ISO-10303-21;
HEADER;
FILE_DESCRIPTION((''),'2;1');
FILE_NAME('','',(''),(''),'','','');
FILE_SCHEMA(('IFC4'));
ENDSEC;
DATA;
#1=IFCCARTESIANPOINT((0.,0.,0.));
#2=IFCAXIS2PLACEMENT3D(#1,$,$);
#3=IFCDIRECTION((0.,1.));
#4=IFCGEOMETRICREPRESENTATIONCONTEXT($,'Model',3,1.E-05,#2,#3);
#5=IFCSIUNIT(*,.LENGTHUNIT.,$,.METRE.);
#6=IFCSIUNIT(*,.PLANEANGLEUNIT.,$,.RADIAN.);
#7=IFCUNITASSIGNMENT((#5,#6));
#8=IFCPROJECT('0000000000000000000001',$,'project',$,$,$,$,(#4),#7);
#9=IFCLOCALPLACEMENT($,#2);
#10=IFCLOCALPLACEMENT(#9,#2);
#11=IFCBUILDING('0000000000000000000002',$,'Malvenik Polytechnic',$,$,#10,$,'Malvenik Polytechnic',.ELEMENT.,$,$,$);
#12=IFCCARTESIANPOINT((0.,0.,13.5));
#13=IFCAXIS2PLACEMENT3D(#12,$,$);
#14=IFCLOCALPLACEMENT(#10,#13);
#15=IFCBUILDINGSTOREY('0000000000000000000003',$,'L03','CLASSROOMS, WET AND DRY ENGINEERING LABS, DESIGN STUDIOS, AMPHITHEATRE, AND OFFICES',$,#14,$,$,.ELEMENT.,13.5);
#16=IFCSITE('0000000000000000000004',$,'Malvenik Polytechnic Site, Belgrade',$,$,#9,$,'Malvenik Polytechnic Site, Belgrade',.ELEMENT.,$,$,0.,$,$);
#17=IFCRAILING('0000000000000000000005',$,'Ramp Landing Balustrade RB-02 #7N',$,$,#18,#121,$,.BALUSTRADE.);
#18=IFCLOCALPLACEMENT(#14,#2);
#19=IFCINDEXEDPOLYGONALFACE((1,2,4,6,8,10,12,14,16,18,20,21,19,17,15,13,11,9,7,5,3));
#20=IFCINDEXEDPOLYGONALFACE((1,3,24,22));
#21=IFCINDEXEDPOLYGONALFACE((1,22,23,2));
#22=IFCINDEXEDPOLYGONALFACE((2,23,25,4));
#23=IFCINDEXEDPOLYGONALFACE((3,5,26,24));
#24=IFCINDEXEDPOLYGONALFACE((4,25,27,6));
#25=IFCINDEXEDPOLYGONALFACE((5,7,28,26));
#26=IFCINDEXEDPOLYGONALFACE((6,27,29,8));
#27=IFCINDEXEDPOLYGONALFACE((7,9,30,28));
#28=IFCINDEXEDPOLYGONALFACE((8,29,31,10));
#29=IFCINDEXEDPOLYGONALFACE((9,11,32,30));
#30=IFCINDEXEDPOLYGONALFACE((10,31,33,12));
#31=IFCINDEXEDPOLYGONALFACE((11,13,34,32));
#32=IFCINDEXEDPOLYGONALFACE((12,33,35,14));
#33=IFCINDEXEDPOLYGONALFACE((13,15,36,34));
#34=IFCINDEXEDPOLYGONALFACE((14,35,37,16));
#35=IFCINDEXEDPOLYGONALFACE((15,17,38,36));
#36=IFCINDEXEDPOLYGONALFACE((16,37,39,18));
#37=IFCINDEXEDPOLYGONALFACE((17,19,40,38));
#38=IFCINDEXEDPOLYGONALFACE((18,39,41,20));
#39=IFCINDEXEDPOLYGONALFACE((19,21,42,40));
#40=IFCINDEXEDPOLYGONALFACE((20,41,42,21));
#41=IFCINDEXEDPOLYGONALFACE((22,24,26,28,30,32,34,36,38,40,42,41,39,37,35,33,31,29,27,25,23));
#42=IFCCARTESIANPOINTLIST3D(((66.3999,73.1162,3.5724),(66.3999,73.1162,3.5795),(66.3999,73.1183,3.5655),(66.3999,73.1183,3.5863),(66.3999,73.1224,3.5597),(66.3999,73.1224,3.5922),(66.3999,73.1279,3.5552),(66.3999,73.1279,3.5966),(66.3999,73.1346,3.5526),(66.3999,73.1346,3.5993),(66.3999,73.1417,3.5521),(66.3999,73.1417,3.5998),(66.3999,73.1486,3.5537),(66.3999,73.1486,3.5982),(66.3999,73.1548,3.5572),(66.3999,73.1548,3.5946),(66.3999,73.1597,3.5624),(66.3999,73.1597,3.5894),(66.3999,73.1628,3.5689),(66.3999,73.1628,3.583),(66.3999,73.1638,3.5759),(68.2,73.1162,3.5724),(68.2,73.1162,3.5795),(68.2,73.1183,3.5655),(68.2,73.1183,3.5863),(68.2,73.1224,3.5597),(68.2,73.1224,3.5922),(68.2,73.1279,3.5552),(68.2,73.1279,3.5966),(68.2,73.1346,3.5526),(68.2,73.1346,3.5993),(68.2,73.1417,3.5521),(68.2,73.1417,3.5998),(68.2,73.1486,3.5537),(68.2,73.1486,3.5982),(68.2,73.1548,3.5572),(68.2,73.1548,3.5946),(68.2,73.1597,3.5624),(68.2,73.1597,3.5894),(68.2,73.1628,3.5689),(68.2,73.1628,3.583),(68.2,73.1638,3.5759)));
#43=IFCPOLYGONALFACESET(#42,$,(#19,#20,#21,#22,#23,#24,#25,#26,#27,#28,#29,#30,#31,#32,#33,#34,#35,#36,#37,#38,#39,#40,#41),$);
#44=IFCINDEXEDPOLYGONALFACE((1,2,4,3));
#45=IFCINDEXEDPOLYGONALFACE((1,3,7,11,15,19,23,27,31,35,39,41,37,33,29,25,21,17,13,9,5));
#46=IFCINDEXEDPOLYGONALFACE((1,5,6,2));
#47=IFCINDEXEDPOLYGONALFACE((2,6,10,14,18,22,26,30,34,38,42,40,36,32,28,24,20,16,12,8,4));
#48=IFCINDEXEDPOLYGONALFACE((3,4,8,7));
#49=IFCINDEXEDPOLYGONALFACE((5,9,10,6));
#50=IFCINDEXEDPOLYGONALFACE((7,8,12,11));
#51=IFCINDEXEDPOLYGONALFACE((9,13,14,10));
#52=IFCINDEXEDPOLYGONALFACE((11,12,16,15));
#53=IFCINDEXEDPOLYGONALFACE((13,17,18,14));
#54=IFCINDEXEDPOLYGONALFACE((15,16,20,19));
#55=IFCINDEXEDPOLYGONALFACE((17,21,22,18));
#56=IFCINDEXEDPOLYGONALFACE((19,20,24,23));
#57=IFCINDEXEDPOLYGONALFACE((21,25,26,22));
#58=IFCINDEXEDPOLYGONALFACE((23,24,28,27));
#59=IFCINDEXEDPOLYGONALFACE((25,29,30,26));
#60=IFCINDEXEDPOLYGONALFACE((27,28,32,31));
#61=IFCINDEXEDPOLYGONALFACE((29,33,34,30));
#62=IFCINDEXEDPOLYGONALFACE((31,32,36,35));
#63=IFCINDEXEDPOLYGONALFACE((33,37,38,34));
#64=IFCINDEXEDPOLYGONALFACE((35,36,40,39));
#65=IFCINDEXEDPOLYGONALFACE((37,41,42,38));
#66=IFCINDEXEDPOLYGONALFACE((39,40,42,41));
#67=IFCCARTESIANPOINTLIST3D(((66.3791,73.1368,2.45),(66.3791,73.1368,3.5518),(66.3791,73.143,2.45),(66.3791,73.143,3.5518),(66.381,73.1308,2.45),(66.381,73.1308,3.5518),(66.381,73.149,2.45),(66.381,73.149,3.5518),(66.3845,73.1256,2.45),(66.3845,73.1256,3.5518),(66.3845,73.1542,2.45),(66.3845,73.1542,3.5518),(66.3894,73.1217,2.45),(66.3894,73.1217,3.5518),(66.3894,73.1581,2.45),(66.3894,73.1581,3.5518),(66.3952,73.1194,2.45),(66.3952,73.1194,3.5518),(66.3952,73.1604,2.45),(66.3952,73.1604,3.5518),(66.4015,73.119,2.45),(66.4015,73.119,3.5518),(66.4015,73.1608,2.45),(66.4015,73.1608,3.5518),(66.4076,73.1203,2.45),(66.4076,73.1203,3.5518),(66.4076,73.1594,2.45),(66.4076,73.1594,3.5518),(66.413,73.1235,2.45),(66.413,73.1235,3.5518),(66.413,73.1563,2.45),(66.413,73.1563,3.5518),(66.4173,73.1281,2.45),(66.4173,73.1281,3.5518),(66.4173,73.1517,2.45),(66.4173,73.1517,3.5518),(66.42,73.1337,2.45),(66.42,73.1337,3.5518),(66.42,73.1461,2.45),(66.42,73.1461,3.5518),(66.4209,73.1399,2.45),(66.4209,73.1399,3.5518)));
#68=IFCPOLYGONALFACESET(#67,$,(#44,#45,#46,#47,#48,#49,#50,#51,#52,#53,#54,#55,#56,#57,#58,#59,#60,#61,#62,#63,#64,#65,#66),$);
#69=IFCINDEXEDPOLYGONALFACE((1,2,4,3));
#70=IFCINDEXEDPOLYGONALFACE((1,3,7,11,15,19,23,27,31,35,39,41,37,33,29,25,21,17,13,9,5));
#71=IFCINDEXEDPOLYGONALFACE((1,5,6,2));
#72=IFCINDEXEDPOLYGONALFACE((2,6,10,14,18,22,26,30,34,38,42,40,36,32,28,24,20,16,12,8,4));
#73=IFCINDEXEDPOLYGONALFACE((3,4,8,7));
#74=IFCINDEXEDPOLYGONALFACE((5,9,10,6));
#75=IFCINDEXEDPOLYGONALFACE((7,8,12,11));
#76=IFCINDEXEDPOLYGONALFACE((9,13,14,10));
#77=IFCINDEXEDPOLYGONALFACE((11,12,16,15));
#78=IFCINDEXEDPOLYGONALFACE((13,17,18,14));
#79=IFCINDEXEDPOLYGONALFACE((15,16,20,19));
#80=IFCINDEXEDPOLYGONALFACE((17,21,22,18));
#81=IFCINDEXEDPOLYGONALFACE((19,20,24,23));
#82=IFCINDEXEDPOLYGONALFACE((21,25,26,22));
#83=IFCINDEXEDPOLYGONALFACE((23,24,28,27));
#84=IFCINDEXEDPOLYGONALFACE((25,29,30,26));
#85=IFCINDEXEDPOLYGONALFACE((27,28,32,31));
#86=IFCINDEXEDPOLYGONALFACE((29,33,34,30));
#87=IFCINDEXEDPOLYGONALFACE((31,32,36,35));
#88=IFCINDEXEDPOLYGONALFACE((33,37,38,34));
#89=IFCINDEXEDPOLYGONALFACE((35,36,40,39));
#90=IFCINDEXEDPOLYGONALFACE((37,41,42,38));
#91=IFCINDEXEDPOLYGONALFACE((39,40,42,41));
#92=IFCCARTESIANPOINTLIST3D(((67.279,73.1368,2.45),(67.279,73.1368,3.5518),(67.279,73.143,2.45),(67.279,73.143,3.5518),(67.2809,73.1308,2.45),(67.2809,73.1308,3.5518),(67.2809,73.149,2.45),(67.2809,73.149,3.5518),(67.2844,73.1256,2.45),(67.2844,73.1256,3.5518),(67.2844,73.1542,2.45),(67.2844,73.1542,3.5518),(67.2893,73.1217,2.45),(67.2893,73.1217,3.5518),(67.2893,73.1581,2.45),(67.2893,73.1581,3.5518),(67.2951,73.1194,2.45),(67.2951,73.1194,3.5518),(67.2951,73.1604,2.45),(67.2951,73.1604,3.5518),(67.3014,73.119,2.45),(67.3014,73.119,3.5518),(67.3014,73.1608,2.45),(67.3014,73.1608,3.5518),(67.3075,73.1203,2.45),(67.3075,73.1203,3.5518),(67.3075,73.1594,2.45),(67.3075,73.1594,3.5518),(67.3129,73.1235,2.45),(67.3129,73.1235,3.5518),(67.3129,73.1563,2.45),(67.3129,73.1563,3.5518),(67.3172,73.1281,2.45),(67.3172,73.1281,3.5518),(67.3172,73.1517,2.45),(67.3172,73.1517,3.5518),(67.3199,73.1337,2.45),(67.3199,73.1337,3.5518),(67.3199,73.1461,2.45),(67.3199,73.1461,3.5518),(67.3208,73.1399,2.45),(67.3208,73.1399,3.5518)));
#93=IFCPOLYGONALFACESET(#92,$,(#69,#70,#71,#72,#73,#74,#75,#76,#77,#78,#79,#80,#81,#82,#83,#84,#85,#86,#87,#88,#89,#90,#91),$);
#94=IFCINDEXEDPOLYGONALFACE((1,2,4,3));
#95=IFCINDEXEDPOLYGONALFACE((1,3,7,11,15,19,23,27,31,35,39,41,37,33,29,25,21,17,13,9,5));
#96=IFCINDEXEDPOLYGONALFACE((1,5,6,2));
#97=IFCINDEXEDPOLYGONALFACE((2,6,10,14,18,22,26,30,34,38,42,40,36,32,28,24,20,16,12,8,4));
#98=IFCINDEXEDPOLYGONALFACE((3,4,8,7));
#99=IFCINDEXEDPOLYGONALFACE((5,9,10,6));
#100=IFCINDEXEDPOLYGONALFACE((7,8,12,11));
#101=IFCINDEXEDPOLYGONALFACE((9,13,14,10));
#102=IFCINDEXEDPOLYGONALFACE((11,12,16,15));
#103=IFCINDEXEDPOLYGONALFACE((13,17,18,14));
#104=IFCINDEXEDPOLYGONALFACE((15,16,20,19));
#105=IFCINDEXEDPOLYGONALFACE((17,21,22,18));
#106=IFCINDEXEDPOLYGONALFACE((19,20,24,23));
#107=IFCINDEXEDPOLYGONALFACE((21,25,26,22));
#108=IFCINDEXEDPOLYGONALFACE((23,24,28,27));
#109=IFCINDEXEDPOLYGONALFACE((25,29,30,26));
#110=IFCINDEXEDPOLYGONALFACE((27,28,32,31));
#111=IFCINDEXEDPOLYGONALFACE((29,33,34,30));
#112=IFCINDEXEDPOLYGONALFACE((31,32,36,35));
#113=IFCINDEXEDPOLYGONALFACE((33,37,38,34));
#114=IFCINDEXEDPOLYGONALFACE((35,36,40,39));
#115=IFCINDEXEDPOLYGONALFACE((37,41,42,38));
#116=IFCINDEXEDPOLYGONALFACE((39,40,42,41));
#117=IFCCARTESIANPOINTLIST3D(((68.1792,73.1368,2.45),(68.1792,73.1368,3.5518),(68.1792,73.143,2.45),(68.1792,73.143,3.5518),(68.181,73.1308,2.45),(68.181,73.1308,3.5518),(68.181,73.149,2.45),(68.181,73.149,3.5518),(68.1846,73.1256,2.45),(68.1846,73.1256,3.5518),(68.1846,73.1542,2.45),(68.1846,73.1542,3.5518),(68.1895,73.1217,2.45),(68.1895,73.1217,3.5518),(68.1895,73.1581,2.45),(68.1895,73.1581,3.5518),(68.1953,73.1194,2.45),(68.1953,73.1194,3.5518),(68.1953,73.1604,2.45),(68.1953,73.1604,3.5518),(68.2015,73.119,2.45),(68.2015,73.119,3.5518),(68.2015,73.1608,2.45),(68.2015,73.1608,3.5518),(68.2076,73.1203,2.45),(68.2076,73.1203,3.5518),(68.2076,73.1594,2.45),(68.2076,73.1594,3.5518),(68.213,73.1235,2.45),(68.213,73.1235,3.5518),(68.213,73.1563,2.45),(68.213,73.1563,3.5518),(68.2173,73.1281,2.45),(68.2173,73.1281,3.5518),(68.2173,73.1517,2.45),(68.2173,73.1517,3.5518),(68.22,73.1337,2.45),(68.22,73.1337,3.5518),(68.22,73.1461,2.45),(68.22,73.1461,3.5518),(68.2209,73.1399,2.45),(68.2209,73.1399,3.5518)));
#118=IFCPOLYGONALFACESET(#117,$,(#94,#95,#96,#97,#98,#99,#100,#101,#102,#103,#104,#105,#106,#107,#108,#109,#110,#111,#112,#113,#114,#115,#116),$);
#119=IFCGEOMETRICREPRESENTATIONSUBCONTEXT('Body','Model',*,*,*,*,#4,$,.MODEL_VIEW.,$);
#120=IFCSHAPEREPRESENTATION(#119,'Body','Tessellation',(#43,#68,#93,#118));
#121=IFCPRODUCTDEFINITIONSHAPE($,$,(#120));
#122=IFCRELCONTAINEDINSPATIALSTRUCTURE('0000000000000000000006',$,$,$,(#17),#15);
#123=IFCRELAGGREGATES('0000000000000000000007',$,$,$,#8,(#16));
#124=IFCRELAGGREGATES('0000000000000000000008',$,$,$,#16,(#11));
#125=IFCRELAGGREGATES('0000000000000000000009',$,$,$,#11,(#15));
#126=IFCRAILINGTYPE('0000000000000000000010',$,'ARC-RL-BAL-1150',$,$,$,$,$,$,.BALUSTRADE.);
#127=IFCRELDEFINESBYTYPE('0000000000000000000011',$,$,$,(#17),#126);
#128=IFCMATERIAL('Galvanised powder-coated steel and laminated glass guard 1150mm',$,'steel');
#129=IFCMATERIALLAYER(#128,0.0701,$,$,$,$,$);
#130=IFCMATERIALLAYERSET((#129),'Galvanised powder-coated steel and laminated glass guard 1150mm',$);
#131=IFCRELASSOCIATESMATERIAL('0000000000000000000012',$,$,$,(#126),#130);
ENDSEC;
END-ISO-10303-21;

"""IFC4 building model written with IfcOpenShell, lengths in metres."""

from ifc_helpers import new_model, si_unit, direction, frame, origin, origin_2d, place, context, subcontext, project, spatial, circle, extrude, material, layer, layer_set, type_object, element, save


model = new_model("IFC4")

# Units and contexts
model_context = context("Model", 3, precision=1e-05, world=origin(), true_north=direction((0.0, 1.0)))
body_context = subcontext(model_context, "Body", "Model", "MODEL_VIEW")
ifc_project = project(units=[si_unit("LENGTHUNIT", "METRE"), si_unit("PLANEANGLEUNIT", "RADIAN")], contexts=[model_context])

# Site, building, storey
site_placement = place(None, origin())
site = spatial("IfcSite", under=ifc_project, at=site_placement, Name="Malvenik Polytechnic Site, Belgrade", LongName="Malvenik Polytechnic Site, Belgrade", CompositionType="ELEMENT", RefElevation=0.0)
building_placement = place(site_placement, origin())
building = spatial("IfcBuilding", under=site, at=building_placement, Name="Malvenik Polytechnic", LongName="Malvenik Polytechnic", CompositionType="ELEMENT")
storey_placement = place(building_placement, frame((0.0, 0.0, 13.5)))
storey = spatial("IfcBuildingStorey", under=building, at=storey_placement, Name="L03", Description="CLASSROOMS, WET AND DRY ENGINEERING LABS, DESIGN STUDIOS, AMPHITHEATRE, AND OFFICES", CompositionType="ELEMENT", Elevation=13.5)

# Railing
ifc_material_1 = material(Name="Galvanised powder-coated steel and laminated glass guard 1150mm", Category="steel")
ifc_layer_1 = layer(ifc_material_1, 0.0701)
ifc_layer_set_1 = layer_set([ifc_layer_1], Name="Galvanised powder-coated steel and laminated glass guard 1150mm")
railing_type = type_object("IfcRailingType", Name="ARC-RL-BAL-1150", PredefinedType="BALUSTRADE", material=ifc_layer_set_1)
railing_1_placement = place(storey_placement, frame((66.3999, 73.1399, 2.45)))
element("IfcRailing", 1, at=railing_1_placement, inside=storey, type_object=railing_type, Name="Ramp Landing Balustrade RB-02 #7N", PredefinedType="BALUSTRADE", context=body_context, shape_type="SweptSolid", body=[
    extrude(circle(Radius=0.0239, at=origin_2d()), frame((0.0, 0.0, 1.126), z_axis=(1.0, 0.0, 0.0), x_axis=(0.0, 1.0, 0.0)), (0.0, 0.0, 1.0), 1.8),
    extrude(circle(Radius=0.021, at=origin_2d()), origin(), (0.0, 0.0, 1.0), 1.1018),
    extrude(circle(Radius=0.021, at=origin_2d()), frame((0.8999, 0.0, 0.0)), (0.0, 0.0, 1.0), 1.1018),
    extrude(circle(Radius=0.021, at=origin_2d()), frame((1.8, 0.0, 0.0)), (0.0, 0.0, 1.0), 1.1018),
])

save(model, "model.ifc")
